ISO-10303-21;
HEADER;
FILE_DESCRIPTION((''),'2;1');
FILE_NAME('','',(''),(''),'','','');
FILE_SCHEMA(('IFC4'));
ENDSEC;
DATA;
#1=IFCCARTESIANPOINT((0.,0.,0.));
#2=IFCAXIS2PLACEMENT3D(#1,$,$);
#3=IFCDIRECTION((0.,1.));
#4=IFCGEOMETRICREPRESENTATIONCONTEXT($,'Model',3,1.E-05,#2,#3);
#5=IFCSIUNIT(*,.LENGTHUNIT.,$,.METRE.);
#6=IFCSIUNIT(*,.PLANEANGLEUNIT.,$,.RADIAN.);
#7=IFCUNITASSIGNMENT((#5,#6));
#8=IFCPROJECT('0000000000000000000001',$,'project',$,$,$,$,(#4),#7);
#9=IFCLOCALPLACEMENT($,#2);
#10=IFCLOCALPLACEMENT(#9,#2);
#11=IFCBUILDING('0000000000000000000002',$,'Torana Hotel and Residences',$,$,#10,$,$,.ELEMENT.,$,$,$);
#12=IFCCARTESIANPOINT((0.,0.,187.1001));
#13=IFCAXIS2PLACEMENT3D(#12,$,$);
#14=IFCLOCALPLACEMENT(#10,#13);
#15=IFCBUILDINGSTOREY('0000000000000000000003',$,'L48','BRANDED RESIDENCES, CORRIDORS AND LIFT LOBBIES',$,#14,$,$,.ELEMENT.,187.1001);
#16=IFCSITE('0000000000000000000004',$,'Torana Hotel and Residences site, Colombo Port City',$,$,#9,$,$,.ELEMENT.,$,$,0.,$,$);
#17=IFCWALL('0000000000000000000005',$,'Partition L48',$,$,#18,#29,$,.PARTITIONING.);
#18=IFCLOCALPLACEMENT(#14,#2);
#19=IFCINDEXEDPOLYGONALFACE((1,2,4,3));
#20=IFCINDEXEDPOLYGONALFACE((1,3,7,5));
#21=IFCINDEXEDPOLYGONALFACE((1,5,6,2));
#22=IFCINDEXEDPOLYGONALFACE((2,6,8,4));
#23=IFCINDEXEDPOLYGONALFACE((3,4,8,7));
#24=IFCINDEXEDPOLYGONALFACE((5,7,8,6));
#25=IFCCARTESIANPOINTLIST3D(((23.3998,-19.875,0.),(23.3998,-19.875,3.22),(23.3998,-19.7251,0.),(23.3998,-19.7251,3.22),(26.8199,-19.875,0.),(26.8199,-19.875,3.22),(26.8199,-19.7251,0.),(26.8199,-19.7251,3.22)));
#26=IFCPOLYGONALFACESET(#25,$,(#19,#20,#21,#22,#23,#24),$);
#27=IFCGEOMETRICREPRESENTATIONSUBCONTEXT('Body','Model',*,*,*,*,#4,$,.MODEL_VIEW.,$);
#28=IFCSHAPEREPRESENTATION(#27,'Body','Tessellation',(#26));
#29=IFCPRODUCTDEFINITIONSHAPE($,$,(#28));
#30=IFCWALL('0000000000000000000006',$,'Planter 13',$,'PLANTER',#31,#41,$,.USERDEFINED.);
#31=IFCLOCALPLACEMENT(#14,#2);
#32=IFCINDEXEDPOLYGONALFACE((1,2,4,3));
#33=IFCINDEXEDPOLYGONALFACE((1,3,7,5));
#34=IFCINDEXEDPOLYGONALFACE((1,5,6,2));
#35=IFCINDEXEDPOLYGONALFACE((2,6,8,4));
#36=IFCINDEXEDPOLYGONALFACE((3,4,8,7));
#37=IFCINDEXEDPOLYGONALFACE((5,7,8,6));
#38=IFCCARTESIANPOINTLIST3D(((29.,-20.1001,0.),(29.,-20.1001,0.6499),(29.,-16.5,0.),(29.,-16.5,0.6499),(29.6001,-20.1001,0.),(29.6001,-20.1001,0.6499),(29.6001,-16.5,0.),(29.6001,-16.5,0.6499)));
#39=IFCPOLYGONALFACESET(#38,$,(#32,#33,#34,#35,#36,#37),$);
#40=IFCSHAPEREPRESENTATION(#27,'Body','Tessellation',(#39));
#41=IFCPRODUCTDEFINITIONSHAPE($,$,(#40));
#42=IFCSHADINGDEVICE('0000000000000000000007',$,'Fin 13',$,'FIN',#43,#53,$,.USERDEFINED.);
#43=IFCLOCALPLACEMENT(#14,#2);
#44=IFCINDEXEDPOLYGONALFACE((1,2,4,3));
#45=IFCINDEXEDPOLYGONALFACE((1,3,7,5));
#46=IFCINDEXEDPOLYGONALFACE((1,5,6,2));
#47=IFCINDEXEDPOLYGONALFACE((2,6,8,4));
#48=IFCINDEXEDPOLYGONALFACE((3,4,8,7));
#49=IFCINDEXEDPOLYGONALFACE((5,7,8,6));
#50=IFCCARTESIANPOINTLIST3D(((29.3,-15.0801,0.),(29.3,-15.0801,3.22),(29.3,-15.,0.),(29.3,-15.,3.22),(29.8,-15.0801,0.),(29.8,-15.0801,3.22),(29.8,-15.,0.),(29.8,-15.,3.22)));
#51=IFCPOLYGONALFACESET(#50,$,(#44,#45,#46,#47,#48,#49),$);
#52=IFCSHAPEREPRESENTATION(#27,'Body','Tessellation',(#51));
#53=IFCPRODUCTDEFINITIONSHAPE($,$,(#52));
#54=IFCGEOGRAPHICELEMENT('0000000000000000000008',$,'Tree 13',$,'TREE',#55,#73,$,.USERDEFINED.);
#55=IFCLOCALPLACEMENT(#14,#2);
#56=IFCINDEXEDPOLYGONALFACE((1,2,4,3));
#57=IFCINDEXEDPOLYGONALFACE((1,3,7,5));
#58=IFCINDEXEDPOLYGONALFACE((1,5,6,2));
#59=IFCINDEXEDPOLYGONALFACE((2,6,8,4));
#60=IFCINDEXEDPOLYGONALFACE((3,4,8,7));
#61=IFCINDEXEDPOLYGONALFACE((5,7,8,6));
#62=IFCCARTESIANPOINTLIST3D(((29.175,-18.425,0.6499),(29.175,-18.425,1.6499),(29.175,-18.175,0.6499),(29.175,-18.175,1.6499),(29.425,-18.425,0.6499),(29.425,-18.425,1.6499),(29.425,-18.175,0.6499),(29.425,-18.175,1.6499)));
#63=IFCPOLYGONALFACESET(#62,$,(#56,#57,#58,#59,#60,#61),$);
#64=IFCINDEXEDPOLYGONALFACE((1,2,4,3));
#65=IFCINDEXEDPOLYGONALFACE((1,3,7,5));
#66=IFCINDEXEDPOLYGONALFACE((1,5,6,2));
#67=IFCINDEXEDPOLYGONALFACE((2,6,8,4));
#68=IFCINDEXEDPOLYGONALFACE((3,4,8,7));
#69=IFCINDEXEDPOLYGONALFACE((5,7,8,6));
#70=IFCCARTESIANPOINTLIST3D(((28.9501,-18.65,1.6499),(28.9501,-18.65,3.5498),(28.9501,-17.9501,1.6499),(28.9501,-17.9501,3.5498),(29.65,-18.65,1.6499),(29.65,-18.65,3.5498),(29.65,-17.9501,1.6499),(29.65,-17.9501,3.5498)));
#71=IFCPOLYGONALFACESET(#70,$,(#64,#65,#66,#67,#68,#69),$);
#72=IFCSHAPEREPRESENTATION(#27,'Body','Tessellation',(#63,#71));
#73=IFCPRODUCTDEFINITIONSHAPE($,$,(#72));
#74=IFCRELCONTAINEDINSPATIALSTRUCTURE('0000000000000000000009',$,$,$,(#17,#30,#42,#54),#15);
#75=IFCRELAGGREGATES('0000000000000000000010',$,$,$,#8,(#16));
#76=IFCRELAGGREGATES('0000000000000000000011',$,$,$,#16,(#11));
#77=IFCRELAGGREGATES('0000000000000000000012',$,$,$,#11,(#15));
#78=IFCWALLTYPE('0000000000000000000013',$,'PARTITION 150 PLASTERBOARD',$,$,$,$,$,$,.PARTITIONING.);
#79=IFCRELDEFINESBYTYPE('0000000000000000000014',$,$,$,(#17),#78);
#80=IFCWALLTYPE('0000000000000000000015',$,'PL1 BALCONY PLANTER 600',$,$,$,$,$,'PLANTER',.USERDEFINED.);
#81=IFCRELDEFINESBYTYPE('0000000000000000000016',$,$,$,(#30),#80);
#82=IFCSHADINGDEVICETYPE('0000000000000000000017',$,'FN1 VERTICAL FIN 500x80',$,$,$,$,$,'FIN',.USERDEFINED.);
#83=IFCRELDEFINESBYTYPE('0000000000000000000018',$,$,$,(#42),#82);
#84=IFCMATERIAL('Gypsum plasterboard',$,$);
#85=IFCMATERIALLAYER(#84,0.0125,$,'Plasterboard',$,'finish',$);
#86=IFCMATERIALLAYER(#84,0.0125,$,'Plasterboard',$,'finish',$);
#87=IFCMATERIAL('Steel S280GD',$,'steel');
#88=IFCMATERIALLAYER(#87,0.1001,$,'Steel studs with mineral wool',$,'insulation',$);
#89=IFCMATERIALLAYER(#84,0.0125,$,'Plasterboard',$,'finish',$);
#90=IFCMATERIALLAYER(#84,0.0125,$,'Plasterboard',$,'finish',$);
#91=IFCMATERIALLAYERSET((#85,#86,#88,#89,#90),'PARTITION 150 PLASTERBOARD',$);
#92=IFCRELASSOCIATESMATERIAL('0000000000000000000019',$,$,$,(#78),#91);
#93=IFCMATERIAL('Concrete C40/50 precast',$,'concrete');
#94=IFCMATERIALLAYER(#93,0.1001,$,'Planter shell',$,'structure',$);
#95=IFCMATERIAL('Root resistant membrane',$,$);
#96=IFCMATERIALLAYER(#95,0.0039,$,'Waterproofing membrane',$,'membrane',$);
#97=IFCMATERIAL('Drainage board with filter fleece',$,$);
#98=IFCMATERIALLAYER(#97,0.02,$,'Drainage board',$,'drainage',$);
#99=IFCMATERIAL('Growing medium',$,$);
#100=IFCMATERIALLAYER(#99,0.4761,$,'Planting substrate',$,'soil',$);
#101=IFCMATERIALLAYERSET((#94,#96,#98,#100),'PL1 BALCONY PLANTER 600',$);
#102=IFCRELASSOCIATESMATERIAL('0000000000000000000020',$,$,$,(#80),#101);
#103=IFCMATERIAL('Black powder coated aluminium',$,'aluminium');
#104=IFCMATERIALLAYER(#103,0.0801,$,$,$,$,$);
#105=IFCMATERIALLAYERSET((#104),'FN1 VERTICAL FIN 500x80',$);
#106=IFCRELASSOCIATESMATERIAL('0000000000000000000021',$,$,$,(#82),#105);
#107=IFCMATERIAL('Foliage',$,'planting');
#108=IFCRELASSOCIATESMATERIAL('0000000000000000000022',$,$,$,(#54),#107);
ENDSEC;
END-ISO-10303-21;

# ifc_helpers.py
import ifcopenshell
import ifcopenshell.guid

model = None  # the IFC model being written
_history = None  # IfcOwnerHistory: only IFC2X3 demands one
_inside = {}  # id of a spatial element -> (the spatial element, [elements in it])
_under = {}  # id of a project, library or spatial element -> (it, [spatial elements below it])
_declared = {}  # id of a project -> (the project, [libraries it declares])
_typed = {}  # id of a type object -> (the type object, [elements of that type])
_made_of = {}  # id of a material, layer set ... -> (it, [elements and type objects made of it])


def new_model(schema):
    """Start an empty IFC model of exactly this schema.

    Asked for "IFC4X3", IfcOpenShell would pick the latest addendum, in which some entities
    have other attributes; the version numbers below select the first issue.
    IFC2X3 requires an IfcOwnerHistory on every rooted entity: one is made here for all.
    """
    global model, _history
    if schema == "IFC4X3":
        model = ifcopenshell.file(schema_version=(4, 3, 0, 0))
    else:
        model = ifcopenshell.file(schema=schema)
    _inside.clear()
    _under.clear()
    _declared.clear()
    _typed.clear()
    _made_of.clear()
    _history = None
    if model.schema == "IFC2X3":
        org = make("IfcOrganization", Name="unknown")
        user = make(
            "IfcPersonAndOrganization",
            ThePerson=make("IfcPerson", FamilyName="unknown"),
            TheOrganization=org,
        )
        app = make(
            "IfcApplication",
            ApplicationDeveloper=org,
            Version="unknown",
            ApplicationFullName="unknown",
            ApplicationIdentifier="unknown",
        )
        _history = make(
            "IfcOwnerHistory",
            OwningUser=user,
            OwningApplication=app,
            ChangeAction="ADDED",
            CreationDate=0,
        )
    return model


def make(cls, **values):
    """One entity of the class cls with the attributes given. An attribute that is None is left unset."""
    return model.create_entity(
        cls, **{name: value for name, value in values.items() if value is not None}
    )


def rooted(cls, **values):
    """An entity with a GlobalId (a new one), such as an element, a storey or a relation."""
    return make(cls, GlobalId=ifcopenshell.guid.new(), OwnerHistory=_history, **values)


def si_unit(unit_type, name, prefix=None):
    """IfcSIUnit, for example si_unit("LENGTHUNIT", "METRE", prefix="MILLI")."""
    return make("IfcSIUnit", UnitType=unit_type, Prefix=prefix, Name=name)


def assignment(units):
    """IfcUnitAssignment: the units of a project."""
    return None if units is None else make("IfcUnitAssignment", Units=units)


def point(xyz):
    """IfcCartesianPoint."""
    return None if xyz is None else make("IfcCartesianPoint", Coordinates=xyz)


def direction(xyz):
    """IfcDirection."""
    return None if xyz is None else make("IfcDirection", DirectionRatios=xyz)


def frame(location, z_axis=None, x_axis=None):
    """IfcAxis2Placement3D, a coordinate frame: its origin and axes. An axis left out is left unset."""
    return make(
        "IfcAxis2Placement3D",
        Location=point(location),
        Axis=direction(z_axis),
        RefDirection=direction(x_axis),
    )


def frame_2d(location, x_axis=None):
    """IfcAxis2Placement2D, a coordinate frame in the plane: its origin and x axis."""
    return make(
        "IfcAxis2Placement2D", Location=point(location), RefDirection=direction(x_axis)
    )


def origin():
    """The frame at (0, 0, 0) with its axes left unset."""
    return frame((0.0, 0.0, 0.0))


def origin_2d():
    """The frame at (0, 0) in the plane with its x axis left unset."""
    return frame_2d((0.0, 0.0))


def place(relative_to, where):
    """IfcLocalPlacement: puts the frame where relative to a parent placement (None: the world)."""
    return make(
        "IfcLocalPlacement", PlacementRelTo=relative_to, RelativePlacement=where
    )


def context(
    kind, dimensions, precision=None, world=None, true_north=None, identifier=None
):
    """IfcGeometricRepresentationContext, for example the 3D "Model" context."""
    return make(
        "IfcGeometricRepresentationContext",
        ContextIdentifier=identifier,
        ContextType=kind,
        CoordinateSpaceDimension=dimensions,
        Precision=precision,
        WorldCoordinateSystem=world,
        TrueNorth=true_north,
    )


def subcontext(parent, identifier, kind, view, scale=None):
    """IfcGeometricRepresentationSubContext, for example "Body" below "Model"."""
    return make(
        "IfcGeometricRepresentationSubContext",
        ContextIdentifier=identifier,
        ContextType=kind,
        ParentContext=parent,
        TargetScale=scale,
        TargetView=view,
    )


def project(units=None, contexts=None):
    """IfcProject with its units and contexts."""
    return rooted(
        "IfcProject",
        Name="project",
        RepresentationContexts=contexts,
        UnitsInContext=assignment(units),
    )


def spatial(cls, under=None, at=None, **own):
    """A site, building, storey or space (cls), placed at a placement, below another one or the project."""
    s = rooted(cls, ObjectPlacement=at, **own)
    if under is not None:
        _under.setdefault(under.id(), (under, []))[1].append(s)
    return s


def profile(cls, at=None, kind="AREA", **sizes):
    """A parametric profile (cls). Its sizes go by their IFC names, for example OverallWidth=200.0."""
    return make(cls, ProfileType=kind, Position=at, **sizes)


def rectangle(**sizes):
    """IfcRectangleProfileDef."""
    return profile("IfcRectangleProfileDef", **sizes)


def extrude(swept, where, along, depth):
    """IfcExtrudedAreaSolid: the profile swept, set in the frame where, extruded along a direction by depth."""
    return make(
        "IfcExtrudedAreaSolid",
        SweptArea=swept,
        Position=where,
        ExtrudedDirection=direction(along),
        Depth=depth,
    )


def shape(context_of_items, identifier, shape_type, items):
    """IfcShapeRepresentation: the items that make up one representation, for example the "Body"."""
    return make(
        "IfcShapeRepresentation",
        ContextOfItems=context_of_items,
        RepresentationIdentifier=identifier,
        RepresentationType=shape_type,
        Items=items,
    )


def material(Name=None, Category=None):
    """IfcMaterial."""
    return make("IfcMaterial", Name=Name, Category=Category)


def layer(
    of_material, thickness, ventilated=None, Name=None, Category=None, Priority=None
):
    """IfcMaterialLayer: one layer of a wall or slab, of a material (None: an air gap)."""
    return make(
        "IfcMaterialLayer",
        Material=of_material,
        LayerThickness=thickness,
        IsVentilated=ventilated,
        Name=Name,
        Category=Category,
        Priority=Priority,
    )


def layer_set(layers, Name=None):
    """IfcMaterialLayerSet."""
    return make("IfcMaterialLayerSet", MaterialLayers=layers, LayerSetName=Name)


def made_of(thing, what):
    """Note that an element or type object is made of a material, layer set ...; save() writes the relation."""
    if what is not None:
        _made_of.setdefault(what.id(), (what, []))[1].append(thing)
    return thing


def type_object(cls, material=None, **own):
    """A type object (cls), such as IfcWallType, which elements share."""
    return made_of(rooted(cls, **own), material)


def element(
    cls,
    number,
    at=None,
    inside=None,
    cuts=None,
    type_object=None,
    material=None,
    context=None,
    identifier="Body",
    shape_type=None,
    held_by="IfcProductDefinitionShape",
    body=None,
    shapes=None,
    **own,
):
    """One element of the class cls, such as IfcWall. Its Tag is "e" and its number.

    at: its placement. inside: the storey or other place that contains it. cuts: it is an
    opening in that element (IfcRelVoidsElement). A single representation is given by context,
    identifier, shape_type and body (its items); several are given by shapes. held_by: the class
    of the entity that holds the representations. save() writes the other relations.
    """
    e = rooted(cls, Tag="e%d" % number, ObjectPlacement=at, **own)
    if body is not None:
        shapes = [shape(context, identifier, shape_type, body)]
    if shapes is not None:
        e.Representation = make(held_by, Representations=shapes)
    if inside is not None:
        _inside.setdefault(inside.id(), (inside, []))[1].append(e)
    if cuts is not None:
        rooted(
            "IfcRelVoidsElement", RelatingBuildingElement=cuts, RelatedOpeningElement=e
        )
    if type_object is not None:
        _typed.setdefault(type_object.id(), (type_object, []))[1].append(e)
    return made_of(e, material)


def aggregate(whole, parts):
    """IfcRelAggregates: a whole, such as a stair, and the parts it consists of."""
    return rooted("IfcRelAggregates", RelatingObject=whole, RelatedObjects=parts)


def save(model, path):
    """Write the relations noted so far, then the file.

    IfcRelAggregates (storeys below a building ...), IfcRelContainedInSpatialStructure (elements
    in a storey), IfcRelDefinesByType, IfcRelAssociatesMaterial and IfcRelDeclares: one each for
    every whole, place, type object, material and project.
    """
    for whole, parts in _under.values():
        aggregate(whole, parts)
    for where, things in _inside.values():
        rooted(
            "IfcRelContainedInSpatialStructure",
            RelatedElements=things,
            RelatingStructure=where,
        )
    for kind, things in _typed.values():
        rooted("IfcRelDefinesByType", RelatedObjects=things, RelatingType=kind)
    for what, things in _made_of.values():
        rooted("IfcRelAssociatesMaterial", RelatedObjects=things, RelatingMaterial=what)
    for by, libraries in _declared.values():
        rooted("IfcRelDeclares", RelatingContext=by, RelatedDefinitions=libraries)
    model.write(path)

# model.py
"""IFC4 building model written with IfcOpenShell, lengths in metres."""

from ifc_helpers import new_model, si_unit, direction, frame, frame_2d, origin, origin_2d, place, context, subcontext, project, spatial, rectangle, extrude, material, layer, layer_set, type_object, element, save


model = new_model("IFC4")

# Units and contexts
model_context = context("Model", 3, precision=1e-05, world=origin(), true_north=direction((0.0, 1.0)))
body_context = subcontext(model_context, "Body", "Model", "MODEL_VIEW")
ifc_project = project(units=[si_unit("LENGTHUNIT", "METRE"), si_unit("PLANEANGLEUNIT", "RADIAN")], contexts=[model_context])

# Site, building, storey
site_placement = place(None, origin())
site = spatial("IfcSite", under=ifc_project, at=site_placement, Name="Torana Hotel and Residences site, Colombo Port City", CompositionType="ELEMENT", RefElevation=0.0)
building_placement = place(site_placement, origin())
building = spatial("IfcBuilding", under=site, at=building_placement, Name="Torana Hotel and Residences", CompositionType="ELEMENT")
storey_placement = place(building_placement, frame((0.0, 0.0, 187.1001)))
storey = spatial("IfcBuildingStorey", under=building, at=storey_placement, Name="L48", Description="BRANDED RESIDENCES, CORRIDORS AND LIFT LOBBIES", CompositionType="ELEMENT", Elevation=187.1001)

# Walls
ifc_material_1 = material(Name="Gypsum plasterboard")
ifc_layer_1 = layer(ifc_material_1, 0.0125, Name="Plasterboard", Category="finish")
ifc_layer_2 = layer(ifc_material_1, 0.0125, Name="Plasterboard", Category="finish")
ifc_material_2 = material(Name="Steel S280GD", Category="steel")
ifc_layer_3 = layer(ifc_material_2, 0.1001, Name="Steel studs with mineral wool", Category="insulation")
ifc_layer_4 = layer(ifc_material_1, 0.0125, Name="Plasterboard", Category="finish")
ifc_layer_5 = layer(ifc_material_1, 0.0125, Name="Plasterboard", Category="finish")
ifc_layer_set_1 = layer_set([ifc_layer_1, ifc_layer_2, ifc_layer_3, ifc_layer_4, ifc_layer_5], Name="PARTITION 150 PLASTERBOARD")
wall_type_1 = type_object("IfcWallType", Name="PARTITION 150 PLASTERBOARD", PredefinedType="PARTITIONING", material=ifc_layer_set_1)
wall_1_placement = place(storey_placement, frame((23.3999, -19.8, 0.0), z_axis=(0.0, 0.0, 1.0), x_axis=(1.0, 0.0, 0.0)))
element("IfcWall", 1, at=wall_1_placement, inside=storey, type_object=wall_type_1, Name="Partition L48", PredefinedType="PARTITIONING", context=body_context, shape_type="SweptSolid", body=[
    extrude(rectangle(XDim=3.4202, YDim=0.1499, at=frame_2d((1.71, 0.0))), origin(), (0.0, 0.0, 1.0), 3.22),
])
ifc_material_3 = material(Name="Concrete C40/50 precast", Category="concrete")
ifc_layer_6 = layer(ifc_material_3, 0.1001, Name="Planter shell", Category="structure")
ifc_material_4 = material(Name="Root resistant membrane")
ifc_layer_7 = layer(ifc_material_4, 0.0039, Name="Waterproofing membrane", Category="membrane")
ifc_material_5 = material(Name="Drainage board with filter fleece")
ifc_layer_8 = layer(ifc_material_5, 0.02, Name="Drainage board", Category="drainage")
ifc_material_6 = material(Name="Growing medium")
ifc_layer_9 = layer(ifc_material_6, 0.4761, Name="Planting substrate", Category="soil")
ifc_layer_set_2 = layer_set([ifc_layer_6, ifc_layer_7, ifc_layer_8, ifc_layer_9], Name="PL1 BALCONY PLANTER 600")
wall_type_2 = type_object("IfcWallType", Name="PL1 BALCONY PLANTER 600", ElementType="PLANTER", PredefinedType="USERDEFINED", material=ifc_layer_set_2)
wall_2_placement = place(storey_placement, frame((29.3, -16.5, 0.0), z_axis=(0.0, 0.0, 1.0), x_axis=(0.0, -1.0, 0.0)))
element("IfcWall", 2, at=wall_2_placement, inside=storey, type_object=wall_type_2, Name="Planter 13", ObjectType="PLANTER", PredefinedType="USERDEFINED", context=body_context, shape_type="SweptSolid", body=[
    extrude(rectangle(XDim=3.6001, YDim=0.6001, at=frame_2d((1.8, 0.0))), origin(), (0.0, 0.0, 1.0), 0.6499),
])

# Shading device
ifc_material_7 = material(Name="Black powder coated aluminium", Category="aluminium")
ifc_layer_10 = layer(ifc_material_7, 0.0801)
ifc_layer_set_3 = layer_set([ifc_layer_10], Name="FN1 VERTICAL FIN 500x80")
shading_device_type = type_object("IfcShadingDeviceType", Name="FN1 VERTICAL FIN 500x80", ElementType="FIN", PredefinedType="USERDEFINED", material=ifc_layer_set_3)
shading_device_placement = place(storey_placement, frame((29.55, -15.04, 0.0), z_axis=(0.0, 0.0, 1.0), x_axis=(0.0, -1.0, 0.0)))
element("IfcShadingDevice", 3, at=shading_device_placement, inside=storey, type_object=shading_device_type, Name="Fin 13", ObjectType="FIN", PredefinedType="USERDEFINED", context=body_context, shape_type="SweptSolid", body=[
    extrude(rectangle(XDim=0.0801, YDim=0.5, at=origin_2d()), origin(), (0.0, 0.0, 1.0), 3.22),
])

# Geographic element
ifc_material_8 = material(Name="Foliage", Category="planting")
geographic_element_placement = place(storey_placement, frame((29.3, -18.3, 0.6499), z_axis=(0.0, 0.0, 1.0), x_axis=(1.0, 0.0, 0.0)))
element("IfcGeographicElement", 4, at=geographic_element_placement, inside=storey, material=ifc_material_8, Name="Tree 13", ObjectType="TREE", PredefinedType="USERDEFINED", context=body_context, shape_type="SweptSolid", body=[
    extrude(rectangle(XDim=0.25, YDim=0.25, at=origin_2d()), origin(), (0.0, 0.0, 1.0), 1.0),
    extrude(rectangle(XDim=0.7, YDim=0.7, at=origin_2d()), frame((0.0, 0.0, 1.0)), (0.0, 0.0, 1.0), 1.8999),
])

save(model, "model.ifc")
